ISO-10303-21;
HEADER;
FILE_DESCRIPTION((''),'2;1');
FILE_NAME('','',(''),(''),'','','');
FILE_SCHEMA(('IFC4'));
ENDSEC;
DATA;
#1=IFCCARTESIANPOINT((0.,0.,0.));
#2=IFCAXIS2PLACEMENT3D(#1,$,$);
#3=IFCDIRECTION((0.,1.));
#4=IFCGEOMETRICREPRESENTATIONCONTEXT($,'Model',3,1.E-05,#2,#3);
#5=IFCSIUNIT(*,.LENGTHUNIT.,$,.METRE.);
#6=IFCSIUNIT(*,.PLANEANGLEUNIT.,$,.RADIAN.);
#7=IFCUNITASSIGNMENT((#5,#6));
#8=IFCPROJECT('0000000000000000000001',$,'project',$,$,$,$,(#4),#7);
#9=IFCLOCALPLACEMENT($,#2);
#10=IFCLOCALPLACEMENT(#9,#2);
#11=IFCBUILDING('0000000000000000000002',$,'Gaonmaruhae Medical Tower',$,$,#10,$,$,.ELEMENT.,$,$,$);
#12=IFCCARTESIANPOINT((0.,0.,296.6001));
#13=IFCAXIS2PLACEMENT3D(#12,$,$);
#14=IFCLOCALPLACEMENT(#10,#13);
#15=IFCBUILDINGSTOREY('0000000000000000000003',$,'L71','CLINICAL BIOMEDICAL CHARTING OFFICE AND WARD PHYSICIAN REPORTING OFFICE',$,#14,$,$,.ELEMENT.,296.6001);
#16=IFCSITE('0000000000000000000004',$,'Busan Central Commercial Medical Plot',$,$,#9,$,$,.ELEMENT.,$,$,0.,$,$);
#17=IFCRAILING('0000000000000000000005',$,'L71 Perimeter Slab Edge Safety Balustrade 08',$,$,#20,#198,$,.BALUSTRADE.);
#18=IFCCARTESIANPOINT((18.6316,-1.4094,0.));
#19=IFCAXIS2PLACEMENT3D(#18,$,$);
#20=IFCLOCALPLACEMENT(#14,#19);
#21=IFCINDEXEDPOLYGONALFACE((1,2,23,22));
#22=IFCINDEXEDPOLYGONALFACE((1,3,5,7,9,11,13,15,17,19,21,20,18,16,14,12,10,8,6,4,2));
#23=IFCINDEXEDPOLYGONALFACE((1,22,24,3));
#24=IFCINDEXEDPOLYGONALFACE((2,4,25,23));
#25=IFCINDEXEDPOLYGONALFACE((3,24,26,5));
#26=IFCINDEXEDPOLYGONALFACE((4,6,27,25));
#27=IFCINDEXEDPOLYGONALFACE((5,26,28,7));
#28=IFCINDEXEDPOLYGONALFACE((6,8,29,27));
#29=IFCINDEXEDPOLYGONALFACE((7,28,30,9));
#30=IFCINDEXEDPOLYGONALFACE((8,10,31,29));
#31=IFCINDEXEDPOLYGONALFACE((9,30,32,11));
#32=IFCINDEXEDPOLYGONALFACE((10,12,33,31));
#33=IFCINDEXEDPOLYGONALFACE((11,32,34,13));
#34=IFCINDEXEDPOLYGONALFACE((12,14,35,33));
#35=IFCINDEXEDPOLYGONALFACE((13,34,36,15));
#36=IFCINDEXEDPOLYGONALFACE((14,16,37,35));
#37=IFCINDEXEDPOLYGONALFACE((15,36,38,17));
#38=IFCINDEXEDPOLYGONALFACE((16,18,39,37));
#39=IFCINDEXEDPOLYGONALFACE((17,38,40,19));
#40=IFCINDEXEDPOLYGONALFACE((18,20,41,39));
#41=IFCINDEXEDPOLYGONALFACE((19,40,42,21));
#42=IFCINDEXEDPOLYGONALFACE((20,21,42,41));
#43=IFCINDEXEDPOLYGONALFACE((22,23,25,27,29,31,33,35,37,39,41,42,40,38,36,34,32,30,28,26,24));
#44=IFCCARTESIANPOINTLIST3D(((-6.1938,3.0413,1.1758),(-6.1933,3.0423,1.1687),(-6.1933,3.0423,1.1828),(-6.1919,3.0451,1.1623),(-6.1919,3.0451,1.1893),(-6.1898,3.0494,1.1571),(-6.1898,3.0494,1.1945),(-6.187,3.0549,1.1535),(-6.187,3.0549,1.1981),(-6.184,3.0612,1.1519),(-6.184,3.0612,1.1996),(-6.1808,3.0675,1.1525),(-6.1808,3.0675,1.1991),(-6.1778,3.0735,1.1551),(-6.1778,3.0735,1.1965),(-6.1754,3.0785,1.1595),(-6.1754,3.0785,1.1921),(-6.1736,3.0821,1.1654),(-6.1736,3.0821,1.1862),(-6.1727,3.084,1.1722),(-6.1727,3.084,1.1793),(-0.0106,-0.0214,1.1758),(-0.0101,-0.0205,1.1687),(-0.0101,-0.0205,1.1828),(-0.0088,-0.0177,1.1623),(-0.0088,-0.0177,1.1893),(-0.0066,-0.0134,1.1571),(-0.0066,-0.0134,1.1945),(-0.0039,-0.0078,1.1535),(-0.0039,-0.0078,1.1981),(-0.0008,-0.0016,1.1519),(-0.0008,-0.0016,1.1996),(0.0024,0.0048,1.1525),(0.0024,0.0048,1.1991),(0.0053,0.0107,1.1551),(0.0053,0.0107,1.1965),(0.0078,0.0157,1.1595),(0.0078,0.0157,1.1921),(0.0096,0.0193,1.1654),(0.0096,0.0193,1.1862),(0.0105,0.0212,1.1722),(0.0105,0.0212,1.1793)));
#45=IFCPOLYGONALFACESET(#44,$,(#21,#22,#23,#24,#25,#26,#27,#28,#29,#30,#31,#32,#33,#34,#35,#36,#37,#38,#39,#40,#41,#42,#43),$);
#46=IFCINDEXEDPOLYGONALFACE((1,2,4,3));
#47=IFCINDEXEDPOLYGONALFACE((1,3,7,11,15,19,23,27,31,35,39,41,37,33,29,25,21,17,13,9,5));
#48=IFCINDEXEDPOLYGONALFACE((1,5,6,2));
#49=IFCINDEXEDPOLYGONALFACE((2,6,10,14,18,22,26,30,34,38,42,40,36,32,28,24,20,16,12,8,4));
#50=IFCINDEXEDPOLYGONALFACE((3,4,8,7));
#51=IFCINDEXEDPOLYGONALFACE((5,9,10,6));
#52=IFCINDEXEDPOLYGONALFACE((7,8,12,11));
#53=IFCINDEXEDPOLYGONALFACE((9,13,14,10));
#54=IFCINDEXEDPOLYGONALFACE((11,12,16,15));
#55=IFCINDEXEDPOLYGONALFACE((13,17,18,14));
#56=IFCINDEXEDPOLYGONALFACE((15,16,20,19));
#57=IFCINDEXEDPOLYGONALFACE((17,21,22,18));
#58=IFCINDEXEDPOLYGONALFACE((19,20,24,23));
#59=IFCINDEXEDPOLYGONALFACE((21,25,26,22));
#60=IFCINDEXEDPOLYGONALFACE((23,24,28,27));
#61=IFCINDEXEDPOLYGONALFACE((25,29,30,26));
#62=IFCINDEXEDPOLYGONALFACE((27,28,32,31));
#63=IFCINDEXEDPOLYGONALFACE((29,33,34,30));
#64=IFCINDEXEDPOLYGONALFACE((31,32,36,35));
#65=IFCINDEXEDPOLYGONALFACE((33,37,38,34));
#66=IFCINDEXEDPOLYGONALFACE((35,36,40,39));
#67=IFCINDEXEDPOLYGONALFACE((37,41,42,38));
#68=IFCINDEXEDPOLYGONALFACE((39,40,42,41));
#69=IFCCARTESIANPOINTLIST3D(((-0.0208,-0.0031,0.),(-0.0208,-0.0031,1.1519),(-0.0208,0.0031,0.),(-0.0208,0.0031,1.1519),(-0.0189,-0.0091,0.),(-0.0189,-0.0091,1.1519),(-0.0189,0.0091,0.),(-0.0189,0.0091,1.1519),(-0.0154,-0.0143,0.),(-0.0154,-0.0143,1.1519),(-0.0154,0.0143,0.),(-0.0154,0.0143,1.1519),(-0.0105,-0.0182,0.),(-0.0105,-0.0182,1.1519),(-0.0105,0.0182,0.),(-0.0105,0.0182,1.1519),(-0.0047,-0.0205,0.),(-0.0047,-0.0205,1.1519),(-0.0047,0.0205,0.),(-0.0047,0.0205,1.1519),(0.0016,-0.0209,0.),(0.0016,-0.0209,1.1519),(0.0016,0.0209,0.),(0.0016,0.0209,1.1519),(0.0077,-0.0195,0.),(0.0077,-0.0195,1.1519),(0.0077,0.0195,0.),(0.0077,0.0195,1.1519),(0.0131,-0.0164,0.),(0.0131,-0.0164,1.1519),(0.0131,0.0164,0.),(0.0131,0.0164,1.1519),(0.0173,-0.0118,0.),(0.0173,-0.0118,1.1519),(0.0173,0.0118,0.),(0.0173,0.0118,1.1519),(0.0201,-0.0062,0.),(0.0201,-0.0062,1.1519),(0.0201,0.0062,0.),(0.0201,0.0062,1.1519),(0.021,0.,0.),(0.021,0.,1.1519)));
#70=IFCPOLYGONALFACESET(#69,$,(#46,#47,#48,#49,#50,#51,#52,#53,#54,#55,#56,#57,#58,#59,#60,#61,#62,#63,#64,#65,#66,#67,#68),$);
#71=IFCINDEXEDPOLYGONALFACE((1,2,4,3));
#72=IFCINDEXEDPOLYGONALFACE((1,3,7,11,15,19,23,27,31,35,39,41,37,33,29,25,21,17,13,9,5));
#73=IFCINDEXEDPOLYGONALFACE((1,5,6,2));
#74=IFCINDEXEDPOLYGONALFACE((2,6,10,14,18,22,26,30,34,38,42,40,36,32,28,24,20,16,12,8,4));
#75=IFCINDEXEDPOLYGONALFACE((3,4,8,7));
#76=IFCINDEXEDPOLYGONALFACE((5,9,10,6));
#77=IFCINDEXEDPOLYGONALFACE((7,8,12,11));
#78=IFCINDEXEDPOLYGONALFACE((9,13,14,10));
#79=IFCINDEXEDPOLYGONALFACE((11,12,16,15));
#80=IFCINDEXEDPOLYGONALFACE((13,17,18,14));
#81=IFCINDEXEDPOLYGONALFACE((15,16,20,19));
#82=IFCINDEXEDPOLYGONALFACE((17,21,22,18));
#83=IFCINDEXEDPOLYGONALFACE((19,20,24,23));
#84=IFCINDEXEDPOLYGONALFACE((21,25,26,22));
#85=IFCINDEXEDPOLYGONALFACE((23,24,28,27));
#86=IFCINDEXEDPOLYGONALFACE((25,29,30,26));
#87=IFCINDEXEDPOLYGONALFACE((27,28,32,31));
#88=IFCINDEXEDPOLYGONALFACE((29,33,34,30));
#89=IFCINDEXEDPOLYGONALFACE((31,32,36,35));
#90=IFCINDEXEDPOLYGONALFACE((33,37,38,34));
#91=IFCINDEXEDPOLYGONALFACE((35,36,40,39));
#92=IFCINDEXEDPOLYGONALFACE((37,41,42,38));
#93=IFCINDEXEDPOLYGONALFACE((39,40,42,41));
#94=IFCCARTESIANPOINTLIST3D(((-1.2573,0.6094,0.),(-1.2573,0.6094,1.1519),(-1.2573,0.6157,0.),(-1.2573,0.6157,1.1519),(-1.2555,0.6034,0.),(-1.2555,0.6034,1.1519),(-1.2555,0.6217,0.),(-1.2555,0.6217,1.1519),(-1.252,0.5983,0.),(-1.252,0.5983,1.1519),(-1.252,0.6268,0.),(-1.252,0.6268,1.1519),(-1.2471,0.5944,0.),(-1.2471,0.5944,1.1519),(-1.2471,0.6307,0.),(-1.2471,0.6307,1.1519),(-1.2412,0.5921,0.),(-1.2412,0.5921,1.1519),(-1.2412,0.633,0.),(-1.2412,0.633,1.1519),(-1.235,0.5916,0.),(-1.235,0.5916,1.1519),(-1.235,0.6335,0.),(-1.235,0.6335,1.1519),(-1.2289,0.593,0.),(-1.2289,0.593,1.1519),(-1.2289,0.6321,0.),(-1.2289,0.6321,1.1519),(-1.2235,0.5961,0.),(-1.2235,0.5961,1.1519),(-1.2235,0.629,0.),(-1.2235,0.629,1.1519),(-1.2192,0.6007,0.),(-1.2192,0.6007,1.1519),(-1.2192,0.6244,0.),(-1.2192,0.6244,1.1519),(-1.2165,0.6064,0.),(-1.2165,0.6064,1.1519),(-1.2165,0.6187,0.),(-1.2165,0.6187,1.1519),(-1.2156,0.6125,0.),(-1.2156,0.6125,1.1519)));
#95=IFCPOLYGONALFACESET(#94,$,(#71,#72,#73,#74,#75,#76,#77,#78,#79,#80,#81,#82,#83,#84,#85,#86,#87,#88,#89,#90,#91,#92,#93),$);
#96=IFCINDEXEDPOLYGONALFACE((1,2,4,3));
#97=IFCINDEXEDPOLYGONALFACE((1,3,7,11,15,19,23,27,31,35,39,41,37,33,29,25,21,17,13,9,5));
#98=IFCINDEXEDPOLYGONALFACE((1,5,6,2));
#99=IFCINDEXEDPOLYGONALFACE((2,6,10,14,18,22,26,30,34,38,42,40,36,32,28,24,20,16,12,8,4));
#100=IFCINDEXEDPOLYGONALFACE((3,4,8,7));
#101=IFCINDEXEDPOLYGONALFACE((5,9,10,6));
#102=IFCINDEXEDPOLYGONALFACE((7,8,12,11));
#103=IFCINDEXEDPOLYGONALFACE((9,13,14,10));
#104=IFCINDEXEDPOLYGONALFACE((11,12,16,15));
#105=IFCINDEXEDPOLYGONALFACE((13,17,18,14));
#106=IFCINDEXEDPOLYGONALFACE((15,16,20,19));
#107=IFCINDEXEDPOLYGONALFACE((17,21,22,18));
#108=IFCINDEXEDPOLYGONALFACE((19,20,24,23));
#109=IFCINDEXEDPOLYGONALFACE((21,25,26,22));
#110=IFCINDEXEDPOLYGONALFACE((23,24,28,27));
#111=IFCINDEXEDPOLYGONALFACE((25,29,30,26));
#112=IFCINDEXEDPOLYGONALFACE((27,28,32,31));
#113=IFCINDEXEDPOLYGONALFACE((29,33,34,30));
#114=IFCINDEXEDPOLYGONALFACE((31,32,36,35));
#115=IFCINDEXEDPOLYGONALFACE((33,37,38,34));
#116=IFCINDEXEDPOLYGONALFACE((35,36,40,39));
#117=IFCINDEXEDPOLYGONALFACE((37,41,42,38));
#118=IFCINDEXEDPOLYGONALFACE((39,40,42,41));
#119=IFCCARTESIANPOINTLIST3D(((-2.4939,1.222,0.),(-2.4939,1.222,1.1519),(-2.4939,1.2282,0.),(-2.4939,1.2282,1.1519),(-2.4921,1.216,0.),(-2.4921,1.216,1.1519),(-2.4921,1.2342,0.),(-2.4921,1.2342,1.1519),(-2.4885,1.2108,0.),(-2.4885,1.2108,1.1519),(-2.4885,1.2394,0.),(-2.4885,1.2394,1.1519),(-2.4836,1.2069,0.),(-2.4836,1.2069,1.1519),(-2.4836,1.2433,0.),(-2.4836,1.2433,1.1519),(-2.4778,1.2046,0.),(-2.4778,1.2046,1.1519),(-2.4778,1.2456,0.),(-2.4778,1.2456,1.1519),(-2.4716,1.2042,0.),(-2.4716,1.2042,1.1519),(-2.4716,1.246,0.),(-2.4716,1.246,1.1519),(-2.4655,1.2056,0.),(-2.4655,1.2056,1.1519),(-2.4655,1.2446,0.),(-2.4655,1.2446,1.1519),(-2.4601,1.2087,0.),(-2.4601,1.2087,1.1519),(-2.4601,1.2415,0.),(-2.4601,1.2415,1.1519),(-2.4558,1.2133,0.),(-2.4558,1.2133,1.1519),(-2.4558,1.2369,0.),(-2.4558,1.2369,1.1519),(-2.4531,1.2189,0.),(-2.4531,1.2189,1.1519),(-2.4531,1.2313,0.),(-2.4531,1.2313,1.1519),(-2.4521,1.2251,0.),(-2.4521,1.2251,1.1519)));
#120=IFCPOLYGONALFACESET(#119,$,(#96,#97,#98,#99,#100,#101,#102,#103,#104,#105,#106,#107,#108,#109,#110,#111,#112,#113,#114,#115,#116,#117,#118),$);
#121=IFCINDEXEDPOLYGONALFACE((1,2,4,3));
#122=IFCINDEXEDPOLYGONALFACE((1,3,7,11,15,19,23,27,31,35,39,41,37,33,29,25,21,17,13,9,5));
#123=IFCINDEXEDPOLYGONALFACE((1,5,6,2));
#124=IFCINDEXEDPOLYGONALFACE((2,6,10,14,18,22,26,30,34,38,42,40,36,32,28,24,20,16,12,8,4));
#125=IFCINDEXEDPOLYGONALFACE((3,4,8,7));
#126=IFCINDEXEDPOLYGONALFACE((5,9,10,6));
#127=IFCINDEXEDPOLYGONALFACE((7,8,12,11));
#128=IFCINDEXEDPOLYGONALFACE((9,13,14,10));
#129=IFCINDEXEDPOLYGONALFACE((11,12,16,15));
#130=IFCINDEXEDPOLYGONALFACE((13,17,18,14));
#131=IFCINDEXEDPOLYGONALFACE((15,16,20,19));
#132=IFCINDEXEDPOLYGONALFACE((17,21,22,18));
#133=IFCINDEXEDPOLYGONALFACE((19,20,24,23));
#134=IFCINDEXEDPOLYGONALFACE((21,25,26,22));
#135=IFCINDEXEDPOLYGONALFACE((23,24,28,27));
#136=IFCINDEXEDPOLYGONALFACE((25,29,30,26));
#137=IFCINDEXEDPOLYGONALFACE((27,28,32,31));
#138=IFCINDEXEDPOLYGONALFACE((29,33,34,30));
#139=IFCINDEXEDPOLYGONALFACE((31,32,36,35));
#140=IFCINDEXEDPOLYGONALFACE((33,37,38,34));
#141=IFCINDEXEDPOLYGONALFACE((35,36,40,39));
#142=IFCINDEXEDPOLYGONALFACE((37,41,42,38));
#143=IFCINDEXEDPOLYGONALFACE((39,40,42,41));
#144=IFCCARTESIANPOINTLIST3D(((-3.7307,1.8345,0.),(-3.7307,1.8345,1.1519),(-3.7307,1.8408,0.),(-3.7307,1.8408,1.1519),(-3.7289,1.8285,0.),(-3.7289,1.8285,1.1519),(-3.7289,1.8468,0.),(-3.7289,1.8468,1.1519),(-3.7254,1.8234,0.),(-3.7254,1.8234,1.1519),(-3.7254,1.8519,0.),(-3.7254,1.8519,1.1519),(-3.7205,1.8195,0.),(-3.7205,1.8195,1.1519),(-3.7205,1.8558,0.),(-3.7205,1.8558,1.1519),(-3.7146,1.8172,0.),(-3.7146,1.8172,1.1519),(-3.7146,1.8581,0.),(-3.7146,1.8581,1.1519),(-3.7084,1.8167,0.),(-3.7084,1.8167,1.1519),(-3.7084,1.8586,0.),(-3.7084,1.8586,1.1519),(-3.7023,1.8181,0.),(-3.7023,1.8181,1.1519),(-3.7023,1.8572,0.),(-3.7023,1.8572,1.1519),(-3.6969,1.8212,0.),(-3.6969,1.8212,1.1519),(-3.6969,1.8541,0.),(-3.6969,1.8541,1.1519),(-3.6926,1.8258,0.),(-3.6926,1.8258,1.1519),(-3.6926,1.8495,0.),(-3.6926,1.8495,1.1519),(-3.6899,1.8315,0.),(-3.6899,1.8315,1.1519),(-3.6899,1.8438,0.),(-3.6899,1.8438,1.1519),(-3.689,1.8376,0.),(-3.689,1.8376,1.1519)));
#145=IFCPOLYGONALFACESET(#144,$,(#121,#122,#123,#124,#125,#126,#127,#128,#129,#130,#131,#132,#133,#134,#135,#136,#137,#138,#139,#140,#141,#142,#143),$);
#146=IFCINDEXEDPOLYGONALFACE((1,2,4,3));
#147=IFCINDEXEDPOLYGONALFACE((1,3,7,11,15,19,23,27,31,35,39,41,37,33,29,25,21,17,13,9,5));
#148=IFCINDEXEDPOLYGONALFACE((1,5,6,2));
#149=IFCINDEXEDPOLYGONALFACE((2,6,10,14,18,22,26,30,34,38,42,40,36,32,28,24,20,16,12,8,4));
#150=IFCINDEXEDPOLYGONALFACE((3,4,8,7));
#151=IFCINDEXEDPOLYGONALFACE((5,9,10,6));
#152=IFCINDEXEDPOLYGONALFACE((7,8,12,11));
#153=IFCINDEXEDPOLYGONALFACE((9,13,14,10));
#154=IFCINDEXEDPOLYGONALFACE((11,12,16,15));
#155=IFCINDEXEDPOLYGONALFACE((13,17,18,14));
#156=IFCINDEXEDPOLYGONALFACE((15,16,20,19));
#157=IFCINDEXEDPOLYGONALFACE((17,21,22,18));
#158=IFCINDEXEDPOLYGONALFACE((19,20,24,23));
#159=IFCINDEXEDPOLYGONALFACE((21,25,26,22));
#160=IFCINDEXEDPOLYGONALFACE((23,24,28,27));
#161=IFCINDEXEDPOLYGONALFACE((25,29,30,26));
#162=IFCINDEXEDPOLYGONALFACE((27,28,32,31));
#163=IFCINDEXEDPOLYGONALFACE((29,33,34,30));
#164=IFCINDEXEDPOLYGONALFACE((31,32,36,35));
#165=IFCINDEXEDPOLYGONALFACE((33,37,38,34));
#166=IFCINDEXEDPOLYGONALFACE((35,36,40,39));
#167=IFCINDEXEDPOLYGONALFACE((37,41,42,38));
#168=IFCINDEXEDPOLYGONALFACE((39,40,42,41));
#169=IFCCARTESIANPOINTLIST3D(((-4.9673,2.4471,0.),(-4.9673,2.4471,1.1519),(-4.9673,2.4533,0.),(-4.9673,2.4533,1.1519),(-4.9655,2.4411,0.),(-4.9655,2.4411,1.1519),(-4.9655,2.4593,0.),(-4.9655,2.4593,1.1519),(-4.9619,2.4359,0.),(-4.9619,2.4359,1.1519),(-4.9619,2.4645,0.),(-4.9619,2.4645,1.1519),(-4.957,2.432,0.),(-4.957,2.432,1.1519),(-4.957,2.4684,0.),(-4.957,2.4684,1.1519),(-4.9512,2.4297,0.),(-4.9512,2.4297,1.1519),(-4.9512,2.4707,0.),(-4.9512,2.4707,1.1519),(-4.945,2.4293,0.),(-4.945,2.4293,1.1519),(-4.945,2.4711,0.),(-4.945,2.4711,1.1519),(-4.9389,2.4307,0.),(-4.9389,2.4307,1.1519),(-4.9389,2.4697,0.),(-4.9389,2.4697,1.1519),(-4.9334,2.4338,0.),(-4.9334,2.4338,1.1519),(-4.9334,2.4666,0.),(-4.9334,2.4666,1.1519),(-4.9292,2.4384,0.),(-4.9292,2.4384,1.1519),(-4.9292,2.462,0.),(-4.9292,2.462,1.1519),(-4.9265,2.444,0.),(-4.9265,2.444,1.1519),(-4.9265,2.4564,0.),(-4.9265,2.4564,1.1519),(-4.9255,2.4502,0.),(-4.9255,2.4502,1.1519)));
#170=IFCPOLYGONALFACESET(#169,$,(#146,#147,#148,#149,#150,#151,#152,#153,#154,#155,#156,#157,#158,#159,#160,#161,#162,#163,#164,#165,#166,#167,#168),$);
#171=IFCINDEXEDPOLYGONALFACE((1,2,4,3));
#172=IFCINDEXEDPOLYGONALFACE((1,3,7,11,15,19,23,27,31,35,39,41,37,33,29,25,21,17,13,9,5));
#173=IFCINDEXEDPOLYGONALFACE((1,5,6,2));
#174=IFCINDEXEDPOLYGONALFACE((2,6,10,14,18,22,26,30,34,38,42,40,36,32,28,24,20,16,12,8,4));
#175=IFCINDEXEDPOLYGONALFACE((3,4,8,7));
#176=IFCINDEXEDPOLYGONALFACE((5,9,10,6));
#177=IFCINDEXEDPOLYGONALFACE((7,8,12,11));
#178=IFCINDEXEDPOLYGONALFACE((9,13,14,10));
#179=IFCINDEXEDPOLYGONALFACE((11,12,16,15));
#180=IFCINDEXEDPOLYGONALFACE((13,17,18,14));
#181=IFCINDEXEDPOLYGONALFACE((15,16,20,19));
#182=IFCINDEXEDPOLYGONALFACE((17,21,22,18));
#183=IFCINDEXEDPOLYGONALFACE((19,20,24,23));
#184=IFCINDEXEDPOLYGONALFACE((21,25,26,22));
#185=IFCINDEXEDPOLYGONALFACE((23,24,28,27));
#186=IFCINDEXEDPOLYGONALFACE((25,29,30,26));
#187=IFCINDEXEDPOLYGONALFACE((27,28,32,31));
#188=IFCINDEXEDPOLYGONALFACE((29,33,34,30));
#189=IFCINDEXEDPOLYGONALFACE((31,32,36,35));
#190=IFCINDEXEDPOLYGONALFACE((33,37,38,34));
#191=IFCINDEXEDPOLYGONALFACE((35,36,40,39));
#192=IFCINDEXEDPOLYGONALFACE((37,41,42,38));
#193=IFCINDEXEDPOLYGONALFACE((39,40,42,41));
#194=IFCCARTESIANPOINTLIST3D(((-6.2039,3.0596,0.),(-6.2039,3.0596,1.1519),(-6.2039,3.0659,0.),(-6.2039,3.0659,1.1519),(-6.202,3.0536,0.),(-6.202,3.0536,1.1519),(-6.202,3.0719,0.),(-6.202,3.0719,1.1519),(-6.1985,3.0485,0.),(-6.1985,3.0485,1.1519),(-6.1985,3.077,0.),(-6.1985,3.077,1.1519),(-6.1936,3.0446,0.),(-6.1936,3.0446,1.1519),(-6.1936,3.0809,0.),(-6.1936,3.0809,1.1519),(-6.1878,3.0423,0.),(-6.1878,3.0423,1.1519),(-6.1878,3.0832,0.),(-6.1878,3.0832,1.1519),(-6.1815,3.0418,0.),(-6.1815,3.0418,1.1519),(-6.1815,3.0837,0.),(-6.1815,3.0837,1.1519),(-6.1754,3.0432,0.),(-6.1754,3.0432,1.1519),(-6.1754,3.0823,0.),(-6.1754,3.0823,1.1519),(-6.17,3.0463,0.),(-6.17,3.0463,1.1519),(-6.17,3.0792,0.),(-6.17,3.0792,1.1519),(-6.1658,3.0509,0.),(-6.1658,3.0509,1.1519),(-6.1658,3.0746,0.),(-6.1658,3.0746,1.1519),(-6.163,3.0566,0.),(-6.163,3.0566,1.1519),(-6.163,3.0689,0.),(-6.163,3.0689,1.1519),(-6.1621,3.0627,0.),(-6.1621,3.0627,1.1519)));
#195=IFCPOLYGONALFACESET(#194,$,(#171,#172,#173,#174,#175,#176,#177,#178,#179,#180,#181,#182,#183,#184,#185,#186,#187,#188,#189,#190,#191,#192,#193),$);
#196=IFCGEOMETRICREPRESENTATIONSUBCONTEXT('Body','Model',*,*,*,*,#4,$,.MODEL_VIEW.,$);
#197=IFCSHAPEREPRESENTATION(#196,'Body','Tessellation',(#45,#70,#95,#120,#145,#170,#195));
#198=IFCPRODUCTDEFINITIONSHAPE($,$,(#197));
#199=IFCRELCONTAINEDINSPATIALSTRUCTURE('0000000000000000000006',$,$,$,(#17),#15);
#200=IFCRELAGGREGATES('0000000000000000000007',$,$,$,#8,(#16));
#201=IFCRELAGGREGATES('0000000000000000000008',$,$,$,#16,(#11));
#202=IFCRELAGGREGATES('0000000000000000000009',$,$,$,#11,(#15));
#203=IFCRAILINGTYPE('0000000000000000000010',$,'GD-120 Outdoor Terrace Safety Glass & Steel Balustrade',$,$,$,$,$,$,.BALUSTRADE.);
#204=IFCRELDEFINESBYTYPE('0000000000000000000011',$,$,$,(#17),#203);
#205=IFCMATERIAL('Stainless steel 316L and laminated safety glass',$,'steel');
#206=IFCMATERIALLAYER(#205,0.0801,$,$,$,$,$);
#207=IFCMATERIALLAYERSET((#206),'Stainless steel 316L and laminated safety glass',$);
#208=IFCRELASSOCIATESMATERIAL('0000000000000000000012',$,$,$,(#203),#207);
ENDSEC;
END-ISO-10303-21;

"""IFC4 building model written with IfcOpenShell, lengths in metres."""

from ifc_helpers import new_model, si_unit, direction, frame, origin, origin_2d, place, context, subcontext, project, spatial, circle, extrude, material, layer, layer_set, type_object, element, save


model = new_model("IFC4")

# Units and contexts
model_context = context("Model", 3, precision=1e-05, world=origin(), true_north=direction((0.0, 1.0)))
body_context = subcontext(model_context, "Body", "Model", "MODEL_VIEW")
ifc_project = project(units=[si_unit("LENGTHUNIT", "METRE"), si_unit("PLANEANGLEUNIT", "RADIAN")], contexts=[model_context])

# Site, building, storey
site_placement = place(None, origin())
site = spatial("IfcSite", under=ifc_project, at=site_placement, Name="Busan Central Commercial Medical Plot", CompositionType="ELEMENT", RefElevation=0.0)
building_placement = place(site_placement, origin())
building = spatial("IfcBuilding", under=site, at=building_placement, Name="Gaonmaruhae Medical Tower", CompositionType="ELEMENT")
storey_placement = place(building_placement, frame((0.0, 0.0, 296.6001)))
storey = spatial("IfcBuildingStorey", under=building, at=storey_placement, Name="L71", Description="CLINICAL BIOMEDICAL CHARTING OFFICE AND WARD PHYSICIAN REPORTING OFFICE", CompositionType="ELEMENT", Elevation=296.6001)

# Railing
ifc_material_1 = material(Name="Stainless steel 316L and laminated safety glass", Category="steel")
ifc_layer_1 = layer(ifc_material_1, 0.0801)
ifc_layer_set_1 = layer_set([ifc_layer_1], Name="Stainless steel 316L and laminated safety glass")
railing_type = type_object("IfcRailingType", Name="GD-120 Outdoor Terrace Safety Glass & Steel Balustrade", PredefinedType="BALUSTRADE", material=ifc_layer_set_1)
railing_1_placement = place(storey_placement, frame((18.6316, -1.4094, 0.0)))
element("IfcRailing", 1, at=railing_1_placement, inside=storey, type_object=railing_type, Name="L71 Perimeter Slab Edge Safety Balustrade 08", PredefinedType="BALUSTRADE", context=body_context, shape_type="SweptSolid", body=[
    extrude(circle(Radius=0.0239, at=origin_2d()), frame((0.0, 0.0, 1.1758), z_axis=(-0.896091, 0.44387, 0.0), x_axis=(-0.44387, -0.896091, 0.0)), (0.0, 0.0, 1.0), 6.9001),
    extrude(circle(Radius=0.021, at=origin_2d()), origin(), (0.0, 0.0, 1.0), 1.1519),
    extrude(circle(Radius=0.021, at=origin_2d()), frame((-1.2366, 0.6125, 0.0)), (0.0, 0.0, 1.0), 1.1519),
    extrude(circle(Radius=0.021, at=origin_2d()), frame((-2.4731, 1.2251, 0.0)), (0.0, 0.0, 1.0), 1.1519),
    extrude(circle(Radius=0.021, at=origin_2d()), frame((-3.71, 1.8376, 0.0)), (0.0, 0.0, 1.0), 1.1519),
    extrude(circle(Radius=0.021, at=origin_2d()), frame((-4.9465, 2.4502, 0.0)), (0.0, 0.0, 1.0), 1.1519),
    extrude(circle(Radius=0.021, at=origin_2d()), frame((-6.1831, 3.0627, 0.0)), (0.0, 0.0, 1.0), 1.1519),
])

save(model, "model.ifc")
